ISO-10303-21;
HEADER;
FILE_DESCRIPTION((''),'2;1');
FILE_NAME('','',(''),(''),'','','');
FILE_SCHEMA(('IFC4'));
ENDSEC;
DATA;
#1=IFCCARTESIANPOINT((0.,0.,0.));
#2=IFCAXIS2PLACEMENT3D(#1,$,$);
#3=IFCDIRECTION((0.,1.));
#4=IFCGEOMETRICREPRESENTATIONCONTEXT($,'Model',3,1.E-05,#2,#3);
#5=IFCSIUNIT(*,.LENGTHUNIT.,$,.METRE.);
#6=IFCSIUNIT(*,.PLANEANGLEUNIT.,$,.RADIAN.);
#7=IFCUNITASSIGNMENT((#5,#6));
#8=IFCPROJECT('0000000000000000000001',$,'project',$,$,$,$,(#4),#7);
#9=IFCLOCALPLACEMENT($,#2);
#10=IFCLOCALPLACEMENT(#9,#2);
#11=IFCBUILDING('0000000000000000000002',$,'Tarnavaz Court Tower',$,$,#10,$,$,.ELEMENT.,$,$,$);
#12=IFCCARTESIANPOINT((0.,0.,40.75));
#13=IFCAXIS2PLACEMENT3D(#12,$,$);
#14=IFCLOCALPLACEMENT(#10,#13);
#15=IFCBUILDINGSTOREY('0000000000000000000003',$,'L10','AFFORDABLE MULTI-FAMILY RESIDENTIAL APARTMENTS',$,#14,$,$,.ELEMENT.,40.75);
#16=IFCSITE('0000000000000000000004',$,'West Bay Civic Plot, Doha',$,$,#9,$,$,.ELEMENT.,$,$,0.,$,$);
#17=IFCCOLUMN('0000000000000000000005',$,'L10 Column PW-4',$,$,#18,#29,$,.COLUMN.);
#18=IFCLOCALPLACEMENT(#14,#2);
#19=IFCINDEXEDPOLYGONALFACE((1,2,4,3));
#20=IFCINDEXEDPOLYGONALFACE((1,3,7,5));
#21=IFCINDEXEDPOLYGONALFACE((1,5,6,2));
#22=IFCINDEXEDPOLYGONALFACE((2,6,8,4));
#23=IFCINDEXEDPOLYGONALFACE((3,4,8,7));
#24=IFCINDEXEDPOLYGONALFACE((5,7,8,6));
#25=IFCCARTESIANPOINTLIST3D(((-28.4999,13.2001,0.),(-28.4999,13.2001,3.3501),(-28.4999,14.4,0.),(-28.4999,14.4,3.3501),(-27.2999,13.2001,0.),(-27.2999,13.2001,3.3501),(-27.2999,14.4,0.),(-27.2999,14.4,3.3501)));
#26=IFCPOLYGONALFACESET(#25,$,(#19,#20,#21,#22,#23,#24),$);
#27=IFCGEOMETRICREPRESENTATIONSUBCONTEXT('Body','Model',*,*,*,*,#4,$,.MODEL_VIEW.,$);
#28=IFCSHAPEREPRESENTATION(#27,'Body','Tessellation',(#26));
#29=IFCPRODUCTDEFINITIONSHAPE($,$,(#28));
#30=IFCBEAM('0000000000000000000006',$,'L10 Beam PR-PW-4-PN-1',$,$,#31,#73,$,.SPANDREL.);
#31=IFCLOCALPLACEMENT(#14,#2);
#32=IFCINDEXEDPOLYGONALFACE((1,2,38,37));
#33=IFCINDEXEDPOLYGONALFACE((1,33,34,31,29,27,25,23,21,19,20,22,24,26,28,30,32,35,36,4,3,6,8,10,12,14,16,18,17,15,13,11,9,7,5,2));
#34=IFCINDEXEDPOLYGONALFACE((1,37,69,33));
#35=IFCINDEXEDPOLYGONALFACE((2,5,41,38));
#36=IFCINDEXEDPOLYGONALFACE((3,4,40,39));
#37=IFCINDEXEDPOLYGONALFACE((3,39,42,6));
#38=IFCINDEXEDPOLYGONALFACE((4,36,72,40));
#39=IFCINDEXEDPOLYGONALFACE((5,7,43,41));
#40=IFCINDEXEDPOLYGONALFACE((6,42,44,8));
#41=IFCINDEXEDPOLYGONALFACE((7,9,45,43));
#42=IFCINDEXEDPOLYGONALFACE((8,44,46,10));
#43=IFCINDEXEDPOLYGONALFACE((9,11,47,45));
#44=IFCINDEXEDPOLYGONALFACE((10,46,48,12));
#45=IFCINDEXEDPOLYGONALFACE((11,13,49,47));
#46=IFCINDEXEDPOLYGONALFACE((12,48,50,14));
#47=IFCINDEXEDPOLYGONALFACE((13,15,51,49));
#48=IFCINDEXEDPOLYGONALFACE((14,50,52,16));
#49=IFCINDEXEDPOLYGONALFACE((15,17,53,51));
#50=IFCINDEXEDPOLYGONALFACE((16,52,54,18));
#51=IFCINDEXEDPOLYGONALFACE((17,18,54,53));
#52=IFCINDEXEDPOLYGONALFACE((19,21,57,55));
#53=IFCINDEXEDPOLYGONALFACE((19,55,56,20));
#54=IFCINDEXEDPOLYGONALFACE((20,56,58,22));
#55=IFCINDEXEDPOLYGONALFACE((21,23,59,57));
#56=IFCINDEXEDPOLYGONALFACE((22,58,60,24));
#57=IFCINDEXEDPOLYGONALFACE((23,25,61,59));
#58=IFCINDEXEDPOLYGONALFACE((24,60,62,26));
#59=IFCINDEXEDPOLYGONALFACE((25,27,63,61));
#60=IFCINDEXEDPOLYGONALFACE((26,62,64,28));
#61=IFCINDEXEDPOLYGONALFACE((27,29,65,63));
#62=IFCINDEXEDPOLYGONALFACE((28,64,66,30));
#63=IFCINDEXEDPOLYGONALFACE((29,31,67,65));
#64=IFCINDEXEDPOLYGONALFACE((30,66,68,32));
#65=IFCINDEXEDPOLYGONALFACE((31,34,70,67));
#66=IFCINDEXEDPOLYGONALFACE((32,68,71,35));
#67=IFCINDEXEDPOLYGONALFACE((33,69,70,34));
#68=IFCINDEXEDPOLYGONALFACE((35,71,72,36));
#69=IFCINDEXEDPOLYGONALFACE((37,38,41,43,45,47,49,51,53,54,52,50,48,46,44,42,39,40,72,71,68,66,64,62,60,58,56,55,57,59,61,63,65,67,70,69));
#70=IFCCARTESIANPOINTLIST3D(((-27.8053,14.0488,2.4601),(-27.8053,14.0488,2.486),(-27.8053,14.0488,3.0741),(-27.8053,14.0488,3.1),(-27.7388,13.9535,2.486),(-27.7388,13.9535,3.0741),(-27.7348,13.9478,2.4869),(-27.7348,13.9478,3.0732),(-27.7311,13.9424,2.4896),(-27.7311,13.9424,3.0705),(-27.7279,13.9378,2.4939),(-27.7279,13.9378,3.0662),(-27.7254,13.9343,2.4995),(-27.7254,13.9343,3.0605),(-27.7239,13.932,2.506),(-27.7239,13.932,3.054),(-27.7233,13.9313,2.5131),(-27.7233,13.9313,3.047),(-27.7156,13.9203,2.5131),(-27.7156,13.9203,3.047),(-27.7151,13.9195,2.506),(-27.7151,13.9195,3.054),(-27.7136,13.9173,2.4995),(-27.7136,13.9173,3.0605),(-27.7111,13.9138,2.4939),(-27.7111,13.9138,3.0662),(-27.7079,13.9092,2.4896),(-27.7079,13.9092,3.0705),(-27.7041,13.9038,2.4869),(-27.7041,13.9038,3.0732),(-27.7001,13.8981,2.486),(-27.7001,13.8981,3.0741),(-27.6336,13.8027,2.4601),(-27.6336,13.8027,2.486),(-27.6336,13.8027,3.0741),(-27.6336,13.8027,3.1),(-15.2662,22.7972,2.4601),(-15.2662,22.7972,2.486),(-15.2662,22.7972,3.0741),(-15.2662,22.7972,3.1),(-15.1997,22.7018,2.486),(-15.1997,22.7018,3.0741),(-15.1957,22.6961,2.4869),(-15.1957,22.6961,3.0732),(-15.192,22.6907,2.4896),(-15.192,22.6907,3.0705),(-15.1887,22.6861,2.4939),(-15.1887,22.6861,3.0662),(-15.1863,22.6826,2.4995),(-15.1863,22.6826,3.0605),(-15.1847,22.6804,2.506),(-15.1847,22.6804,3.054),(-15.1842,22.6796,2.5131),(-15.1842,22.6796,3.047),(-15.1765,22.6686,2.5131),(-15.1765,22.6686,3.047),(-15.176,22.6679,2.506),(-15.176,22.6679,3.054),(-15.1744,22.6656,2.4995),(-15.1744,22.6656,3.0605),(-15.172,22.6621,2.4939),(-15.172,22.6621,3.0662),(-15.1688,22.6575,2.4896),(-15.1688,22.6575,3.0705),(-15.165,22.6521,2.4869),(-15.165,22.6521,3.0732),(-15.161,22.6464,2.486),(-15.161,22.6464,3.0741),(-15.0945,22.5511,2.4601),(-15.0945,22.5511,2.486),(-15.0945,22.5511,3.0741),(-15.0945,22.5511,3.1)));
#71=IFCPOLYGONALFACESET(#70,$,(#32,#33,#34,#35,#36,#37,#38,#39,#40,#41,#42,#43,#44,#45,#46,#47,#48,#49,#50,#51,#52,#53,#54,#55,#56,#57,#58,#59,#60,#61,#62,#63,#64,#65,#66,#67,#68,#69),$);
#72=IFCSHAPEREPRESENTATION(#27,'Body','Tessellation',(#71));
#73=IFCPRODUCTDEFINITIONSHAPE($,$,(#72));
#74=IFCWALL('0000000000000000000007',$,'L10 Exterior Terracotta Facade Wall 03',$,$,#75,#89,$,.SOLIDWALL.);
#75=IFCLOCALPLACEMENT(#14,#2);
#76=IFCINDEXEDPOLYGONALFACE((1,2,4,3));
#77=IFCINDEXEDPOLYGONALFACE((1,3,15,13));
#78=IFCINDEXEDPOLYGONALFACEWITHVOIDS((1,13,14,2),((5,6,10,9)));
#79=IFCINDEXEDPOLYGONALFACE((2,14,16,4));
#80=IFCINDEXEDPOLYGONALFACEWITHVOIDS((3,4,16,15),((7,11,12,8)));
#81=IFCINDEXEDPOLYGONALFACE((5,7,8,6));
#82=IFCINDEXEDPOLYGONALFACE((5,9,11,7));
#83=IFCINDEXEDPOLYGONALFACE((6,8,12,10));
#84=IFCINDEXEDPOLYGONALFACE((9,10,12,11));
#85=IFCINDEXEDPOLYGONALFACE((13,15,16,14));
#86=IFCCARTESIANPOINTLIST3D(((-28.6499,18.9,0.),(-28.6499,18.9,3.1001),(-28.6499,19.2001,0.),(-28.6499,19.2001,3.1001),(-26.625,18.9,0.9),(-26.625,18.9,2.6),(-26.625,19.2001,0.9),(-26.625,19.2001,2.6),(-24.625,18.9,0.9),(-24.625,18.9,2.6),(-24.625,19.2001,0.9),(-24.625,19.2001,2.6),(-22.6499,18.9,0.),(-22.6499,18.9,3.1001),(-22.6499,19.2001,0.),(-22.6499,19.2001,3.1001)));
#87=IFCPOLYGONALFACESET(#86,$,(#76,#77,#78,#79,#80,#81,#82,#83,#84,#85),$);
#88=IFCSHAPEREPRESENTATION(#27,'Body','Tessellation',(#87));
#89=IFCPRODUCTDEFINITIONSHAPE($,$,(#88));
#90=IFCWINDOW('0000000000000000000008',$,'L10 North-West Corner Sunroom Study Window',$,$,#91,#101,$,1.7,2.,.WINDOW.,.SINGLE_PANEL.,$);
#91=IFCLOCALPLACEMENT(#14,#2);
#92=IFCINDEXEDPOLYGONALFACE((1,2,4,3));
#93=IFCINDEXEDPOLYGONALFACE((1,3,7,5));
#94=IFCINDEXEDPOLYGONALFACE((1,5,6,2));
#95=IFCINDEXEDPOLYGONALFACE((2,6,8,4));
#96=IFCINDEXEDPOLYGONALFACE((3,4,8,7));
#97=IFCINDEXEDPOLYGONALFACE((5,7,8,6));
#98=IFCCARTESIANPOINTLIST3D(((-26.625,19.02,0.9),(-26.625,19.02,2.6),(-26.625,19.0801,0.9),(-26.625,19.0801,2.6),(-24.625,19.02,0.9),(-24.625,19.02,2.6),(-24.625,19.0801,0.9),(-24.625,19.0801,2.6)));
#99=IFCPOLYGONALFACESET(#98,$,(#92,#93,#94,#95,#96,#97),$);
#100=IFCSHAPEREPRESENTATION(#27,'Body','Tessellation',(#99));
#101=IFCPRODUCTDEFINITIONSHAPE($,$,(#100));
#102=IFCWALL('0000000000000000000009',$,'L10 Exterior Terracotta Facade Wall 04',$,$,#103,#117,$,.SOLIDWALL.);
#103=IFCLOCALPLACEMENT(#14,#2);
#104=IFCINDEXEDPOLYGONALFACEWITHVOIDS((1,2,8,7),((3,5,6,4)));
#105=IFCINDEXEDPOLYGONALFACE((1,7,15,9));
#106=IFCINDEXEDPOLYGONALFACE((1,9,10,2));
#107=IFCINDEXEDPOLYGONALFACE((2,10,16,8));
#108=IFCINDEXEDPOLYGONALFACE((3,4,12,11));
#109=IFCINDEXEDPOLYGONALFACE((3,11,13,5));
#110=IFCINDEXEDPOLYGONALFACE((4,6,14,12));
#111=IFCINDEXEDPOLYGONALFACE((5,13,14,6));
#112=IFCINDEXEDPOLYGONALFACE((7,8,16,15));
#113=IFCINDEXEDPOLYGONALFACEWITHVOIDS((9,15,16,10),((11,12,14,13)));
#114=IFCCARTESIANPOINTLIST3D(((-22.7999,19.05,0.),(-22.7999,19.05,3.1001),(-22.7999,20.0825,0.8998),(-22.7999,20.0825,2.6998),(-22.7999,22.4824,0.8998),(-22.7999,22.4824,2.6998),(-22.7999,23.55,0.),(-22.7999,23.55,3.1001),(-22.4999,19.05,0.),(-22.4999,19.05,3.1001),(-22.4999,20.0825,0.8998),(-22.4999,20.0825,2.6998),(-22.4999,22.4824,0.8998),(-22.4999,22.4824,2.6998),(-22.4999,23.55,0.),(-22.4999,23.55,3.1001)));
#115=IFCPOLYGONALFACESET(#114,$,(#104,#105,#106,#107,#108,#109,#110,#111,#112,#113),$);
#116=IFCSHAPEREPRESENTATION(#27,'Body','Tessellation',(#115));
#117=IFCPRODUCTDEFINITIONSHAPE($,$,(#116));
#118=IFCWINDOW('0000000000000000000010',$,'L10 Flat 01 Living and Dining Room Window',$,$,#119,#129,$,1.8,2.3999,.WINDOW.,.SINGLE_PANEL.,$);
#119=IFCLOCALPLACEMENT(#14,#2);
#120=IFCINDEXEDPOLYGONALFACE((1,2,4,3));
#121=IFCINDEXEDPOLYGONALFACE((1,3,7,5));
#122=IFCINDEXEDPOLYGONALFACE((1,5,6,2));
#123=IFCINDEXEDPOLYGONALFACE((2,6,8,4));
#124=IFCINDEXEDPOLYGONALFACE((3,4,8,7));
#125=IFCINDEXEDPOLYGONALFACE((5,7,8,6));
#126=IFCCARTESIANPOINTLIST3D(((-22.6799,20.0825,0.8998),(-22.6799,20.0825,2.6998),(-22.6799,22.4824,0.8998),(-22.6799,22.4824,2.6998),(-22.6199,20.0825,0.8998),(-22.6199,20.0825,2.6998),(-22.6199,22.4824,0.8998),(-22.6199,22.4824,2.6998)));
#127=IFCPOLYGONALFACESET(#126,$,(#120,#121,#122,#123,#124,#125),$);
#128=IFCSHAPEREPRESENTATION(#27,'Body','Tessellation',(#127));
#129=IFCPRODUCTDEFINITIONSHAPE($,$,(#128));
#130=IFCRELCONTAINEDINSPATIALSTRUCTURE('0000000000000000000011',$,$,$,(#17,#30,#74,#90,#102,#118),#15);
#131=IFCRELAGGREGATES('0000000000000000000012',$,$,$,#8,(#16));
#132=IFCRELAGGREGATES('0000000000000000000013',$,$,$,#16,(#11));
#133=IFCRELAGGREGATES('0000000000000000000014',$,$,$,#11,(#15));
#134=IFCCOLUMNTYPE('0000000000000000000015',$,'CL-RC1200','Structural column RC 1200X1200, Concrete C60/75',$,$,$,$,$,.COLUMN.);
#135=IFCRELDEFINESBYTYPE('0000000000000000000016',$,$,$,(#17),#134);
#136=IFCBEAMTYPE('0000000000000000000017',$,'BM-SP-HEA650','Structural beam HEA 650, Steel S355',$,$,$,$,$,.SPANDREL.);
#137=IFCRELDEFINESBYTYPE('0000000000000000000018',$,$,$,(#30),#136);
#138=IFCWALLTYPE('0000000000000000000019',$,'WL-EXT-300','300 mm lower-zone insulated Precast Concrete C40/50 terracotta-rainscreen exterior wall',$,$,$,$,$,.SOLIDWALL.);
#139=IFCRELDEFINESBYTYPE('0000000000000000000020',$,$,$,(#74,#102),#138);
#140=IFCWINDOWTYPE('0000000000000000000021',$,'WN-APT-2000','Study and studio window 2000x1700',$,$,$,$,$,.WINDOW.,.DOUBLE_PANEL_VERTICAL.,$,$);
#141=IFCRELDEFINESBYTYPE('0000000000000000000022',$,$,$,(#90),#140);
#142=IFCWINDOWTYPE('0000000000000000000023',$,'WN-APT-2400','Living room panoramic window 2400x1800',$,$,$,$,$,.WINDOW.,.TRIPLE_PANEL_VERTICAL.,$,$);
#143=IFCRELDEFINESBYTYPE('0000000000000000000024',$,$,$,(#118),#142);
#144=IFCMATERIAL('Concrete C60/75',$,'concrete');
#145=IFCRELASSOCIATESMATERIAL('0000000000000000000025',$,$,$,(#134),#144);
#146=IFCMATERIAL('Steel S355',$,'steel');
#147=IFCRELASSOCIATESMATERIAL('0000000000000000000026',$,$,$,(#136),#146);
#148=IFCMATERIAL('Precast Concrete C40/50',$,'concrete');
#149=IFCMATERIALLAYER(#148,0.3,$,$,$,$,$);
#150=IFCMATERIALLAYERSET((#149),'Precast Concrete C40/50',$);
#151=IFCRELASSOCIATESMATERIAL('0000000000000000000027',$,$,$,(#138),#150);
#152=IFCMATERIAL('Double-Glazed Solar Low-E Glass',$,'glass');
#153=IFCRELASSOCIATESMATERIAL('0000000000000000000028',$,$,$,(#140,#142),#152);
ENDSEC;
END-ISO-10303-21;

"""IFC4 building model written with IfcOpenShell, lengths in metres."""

from ifc_helpers import new_model, si_unit, direction, frame, frame_2d, origin, origin_2d, place, context, subcontext, project, spatial, rectangle, i_section, extrude, material, layer, layer_set, material_profile, profile_set, type_object, element, fill, save


model = new_model("IFC4")

# Units and contexts
model_context = context("Model", 3, precision=1e-05, world=origin(), true_north=direction((0.0, 1.0)))
body_context = subcontext(model_context, "Body", "Model", "MODEL_VIEW")
ifc_project = project(units=[si_unit("LENGTHUNIT", "METRE"), si_unit("PLANEANGLEUNIT", "RADIAN")], contexts=[model_context])

# Site, building, storey
site_placement = place(None, origin())
site = spatial("IfcSite", under=ifc_project, at=site_placement, Name="West Bay Civic Plot, Doha", CompositionType="ELEMENT", RefElevation=0.0)
building_placement = place(site_placement, origin())
building = spatial("IfcBuilding", under=site, at=building_placement, Name="Tarnavaz Court Tower", CompositionType="ELEMENT")
storey_placement = place(building_placement, frame((0.0, 0.0, 40.75)))
storey = spatial("IfcBuildingStorey", under=building, at=storey_placement, Name="L10", Description="AFFORDABLE MULTI-FAMILY RESIDENTIAL APARTMENTS", CompositionType="ELEMENT", Elevation=40.75)

# Column
ifc_material_1 = material(Name="Concrete C60/75", Category="concrete")
ifc_material_profile_1 = material_profile(ifc_material_1, rectangle(XDim=1.2, YDim=1.2, at=origin_2d()), Name="RC 1200X1200")
ifc_profile_set_1 = profile_set([ifc_material_profile_1], Name="Concrete C60/75")
column_type = type_object("IfcColumnType", Name="CL-RC1200", Description="Structural column RC 1200X1200, Concrete C60/75", PredefinedType="COLUMN", material=ifc_profile_set_1)
column_placement = place(storey_placement, frame((-27.8999, 13.8, 0.0), z_axis=(0.0, 0.0, 1.0), x_axis=(1.0, 0.0, 0.0)))
element("IfcColumn", 1, at=column_placement, inside=storey, type_object=column_type, Name="L10 Column PW-4", PredefinedType="COLUMN", context=body_context, shape_type="SweptSolid", body=[
    extrude(rectangle(XDim=1.2, YDim=1.2, at=origin_2d()), origin(), (0.0, 0.0, 1.0), 3.3501),
])

# Beam
ifc_material_2 = material(Name="Steel S355", Category="steel")
ifc_material_profile_2 = material_profile(ifc_material_2, i_section(OverallWidth=0.3, OverallDepth=0.6399, WebThickness=0.0134, FlangeThickness=0.0259, FilletRadius=0.0271, at=origin_2d()), Name="HEA 650")
ifc_profile_set_2 = profile_set([ifc_material_profile_2], Name="Steel S355")
beam_type = type_object("IfcBeamType", Name="BM-SP-HEA650", Description="Structural beam HEA 650, Steel S355", PredefinedType="SPANDREL", material=ifc_profile_set_2)
beam_placement = place(storey_placement, frame((-27.7195, 13.9258, 2.78), z_axis=(0.820124, 0.572186, 0.0), x_axis=(-0.572186, 0.820124, 0.0)))
element("IfcBeam", 2, at=beam_placement, inside=storey, type_object=beam_type, Name="L10 Beam PR-PW-4-PN-1", PredefinedType="SPANDREL", context=body_context, shape_type="SweptSolid", body=[
    extrude(i_section(OverallWidth=0.3, OverallDepth=0.6399, WebThickness=0.0134, FlangeThickness=0.0259, FilletRadius=0.0271, at=origin_2d()), origin(), (0.0, 0.0, 1.0), 15.2893),
])

# Walls, openings, windows
ifc_material_3 = material(Name="Precast Concrete C40/50", Category="concrete")
ifc_layer_1 = layer(ifc_material_3, 0.3)
ifc_layer_set_1 = layer_set([ifc_layer_1], Name="Precast Concrete C40/50")
wall_type_1 = type_object("IfcWallType", Name="WL-EXT-300", Description="300 mm lower-zone insulated Precast Concrete C40/50 terracotta-rainscreen exterior wall", PredefinedType="SOLIDWALL", material=ifc_layer_set_1)
wall_1_placement = place(storey_placement, frame((-28.6499, 19.05, 0.0), z_axis=(0.0, 0.0, 1.0), x_axis=(1.0, 0.0, 0.0)))
wall_1 = element("IfcWall", 3, at=wall_1_placement, inside=storey, type_object=wall_type_1, Name="L10 Exterior Terracotta Facade Wall 03", PredefinedType="SOLIDWALL", context=body_context, shape_type="SweptSolid", body=[
    extrude(rectangle(XDim=6.0, YDim=0.3, at=frame_2d((3.0, 0.0))), origin(), (0.0, 0.0, 1.0), 3.1001),
])
opening_1_placement = place(wall_1_placement, frame((2.0249, 0.0, 0.8999)))
opening_1 = element("IfcOpeningElement", 4, at=opening_1_placement, cuts=wall_1, PredefinedType="OPENING", context=body_context, shape_type="SweptSolid", body=[
    extrude(rectangle(XDim=2.0, YDim=1.7, at=frame_2d((1.0, 0.8501))), frame((0.0, 0.1599, 0.0), z_axis=(0.0, -1.0, 0.0), x_axis=(1.0, 0.0, 0.0)), (0.0, 0.0, 1.0), 0.3201),
])
ifc_material_4 = material(Name="Double-Glazed Solar Low-E Glass", Category="glass")
window_type_1 = type_object("IfcWindowType", Name="WN-APT-2000", Description="Study and studio window 2000x1700", PartitioningType="DOUBLE_PANEL_VERTICAL", PredefinedType="WINDOW", material=ifc_material_4)
window_1_placement = place(opening_1_placement, origin())
window_1 = element("IfcWindow", 5, at=window_1_placement, inside=storey, type_object=window_type_1, Name="L10 North-West Corner Sunroom Study Window", OverallHeight=1.7, OverallWidth=2.0, PartitioningType="SINGLE_PANEL", PredefinedType="WINDOW", context=body_context, shape_type="SweptSolid", body=[
    extrude(rectangle(XDim=2.0, YDim=1.7, at=frame_2d((1.0, 0.8501))), frame((0.0, 0.03, 0.0), z_axis=(0.0, -1.0, 0.0), x_axis=(1.0, 0.0, 0.0)), (0.0, 0.0, 1.0), 0.0601),
])
fill(opening_1, window_1)
wall_2_placement = place(storey_placement, frame((-22.6499, 19.05, 0.0), z_axis=(0.0, 0.0, 1.0), x_axis=(0.0, 1.0, 0.0)))
wall_2 = element("IfcWall", 6, at=wall_2_placement, inside=storey, type_object=wall_type_1, Name="L10 Exterior Terracotta Facade Wall 04", PredefinedType="SOLIDWALL", context=body_context, shape_type="SweptSolid", body=[
    extrude(rectangle(XDim=4.5, YDim=0.3, at=frame_2d((2.25, 0.0))), origin(), (0.0, 0.0, 1.0), 3.1001),
])
opening_2_placement = place(wall_2_placement, frame((1.0325, 0.0, 0.8999)))
opening_2 = element("IfcOpeningElement", 7, at=opening_2_placement, cuts=wall_2, PredefinedType="OPENING", context=body_context, shape_type="SweptSolid", body=[
    extrude(rectangle(XDim=2.3999, YDim=1.8, at=frame_2d((1.2, 0.8999))), frame((0.0, 0.1599, 0.0), z_axis=(0.0, -1.0, 0.0), x_axis=(1.0, 0.0, 0.0)), (0.0, 0.0, 1.0), 0.3201),
])
window_type_2 = type_object("IfcWindowType", Name="WN-APT-2400", Description="Living room panoramic window 2400x1800", PartitioningType="TRIPLE_PANEL_VERTICAL", PredefinedType="WINDOW", material=ifc_material_4)
window_2_placement = place(opening_2_placement, origin())
window_2 = element("IfcWindow", 8, at=window_2_placement, inside=storey, type_object=window_type_2, Name="L10 Flat 01 Living and Dining Room Window", OverallHeight=1.8, OverallWidth=2.3999, PartitioningType="SINGLE_PANEL", PredefinedType="WINDOW", context=body_context, shape_type="SweptSolid", body=[
    extrude(rectangle(XDim=2.3999, YDim=1.8, at=frame_2d((1.2, 0.8999))), frame((0.0, 0.03, 0.0), z_axis=(0.0, -1.0, 0.0), x_axis=(1.0, 0.0, 0.0)), (0.0, 0.0, 1.0), 0.0601),
])
fill(opening_2, window_2)

save(model, "model.ifc")
